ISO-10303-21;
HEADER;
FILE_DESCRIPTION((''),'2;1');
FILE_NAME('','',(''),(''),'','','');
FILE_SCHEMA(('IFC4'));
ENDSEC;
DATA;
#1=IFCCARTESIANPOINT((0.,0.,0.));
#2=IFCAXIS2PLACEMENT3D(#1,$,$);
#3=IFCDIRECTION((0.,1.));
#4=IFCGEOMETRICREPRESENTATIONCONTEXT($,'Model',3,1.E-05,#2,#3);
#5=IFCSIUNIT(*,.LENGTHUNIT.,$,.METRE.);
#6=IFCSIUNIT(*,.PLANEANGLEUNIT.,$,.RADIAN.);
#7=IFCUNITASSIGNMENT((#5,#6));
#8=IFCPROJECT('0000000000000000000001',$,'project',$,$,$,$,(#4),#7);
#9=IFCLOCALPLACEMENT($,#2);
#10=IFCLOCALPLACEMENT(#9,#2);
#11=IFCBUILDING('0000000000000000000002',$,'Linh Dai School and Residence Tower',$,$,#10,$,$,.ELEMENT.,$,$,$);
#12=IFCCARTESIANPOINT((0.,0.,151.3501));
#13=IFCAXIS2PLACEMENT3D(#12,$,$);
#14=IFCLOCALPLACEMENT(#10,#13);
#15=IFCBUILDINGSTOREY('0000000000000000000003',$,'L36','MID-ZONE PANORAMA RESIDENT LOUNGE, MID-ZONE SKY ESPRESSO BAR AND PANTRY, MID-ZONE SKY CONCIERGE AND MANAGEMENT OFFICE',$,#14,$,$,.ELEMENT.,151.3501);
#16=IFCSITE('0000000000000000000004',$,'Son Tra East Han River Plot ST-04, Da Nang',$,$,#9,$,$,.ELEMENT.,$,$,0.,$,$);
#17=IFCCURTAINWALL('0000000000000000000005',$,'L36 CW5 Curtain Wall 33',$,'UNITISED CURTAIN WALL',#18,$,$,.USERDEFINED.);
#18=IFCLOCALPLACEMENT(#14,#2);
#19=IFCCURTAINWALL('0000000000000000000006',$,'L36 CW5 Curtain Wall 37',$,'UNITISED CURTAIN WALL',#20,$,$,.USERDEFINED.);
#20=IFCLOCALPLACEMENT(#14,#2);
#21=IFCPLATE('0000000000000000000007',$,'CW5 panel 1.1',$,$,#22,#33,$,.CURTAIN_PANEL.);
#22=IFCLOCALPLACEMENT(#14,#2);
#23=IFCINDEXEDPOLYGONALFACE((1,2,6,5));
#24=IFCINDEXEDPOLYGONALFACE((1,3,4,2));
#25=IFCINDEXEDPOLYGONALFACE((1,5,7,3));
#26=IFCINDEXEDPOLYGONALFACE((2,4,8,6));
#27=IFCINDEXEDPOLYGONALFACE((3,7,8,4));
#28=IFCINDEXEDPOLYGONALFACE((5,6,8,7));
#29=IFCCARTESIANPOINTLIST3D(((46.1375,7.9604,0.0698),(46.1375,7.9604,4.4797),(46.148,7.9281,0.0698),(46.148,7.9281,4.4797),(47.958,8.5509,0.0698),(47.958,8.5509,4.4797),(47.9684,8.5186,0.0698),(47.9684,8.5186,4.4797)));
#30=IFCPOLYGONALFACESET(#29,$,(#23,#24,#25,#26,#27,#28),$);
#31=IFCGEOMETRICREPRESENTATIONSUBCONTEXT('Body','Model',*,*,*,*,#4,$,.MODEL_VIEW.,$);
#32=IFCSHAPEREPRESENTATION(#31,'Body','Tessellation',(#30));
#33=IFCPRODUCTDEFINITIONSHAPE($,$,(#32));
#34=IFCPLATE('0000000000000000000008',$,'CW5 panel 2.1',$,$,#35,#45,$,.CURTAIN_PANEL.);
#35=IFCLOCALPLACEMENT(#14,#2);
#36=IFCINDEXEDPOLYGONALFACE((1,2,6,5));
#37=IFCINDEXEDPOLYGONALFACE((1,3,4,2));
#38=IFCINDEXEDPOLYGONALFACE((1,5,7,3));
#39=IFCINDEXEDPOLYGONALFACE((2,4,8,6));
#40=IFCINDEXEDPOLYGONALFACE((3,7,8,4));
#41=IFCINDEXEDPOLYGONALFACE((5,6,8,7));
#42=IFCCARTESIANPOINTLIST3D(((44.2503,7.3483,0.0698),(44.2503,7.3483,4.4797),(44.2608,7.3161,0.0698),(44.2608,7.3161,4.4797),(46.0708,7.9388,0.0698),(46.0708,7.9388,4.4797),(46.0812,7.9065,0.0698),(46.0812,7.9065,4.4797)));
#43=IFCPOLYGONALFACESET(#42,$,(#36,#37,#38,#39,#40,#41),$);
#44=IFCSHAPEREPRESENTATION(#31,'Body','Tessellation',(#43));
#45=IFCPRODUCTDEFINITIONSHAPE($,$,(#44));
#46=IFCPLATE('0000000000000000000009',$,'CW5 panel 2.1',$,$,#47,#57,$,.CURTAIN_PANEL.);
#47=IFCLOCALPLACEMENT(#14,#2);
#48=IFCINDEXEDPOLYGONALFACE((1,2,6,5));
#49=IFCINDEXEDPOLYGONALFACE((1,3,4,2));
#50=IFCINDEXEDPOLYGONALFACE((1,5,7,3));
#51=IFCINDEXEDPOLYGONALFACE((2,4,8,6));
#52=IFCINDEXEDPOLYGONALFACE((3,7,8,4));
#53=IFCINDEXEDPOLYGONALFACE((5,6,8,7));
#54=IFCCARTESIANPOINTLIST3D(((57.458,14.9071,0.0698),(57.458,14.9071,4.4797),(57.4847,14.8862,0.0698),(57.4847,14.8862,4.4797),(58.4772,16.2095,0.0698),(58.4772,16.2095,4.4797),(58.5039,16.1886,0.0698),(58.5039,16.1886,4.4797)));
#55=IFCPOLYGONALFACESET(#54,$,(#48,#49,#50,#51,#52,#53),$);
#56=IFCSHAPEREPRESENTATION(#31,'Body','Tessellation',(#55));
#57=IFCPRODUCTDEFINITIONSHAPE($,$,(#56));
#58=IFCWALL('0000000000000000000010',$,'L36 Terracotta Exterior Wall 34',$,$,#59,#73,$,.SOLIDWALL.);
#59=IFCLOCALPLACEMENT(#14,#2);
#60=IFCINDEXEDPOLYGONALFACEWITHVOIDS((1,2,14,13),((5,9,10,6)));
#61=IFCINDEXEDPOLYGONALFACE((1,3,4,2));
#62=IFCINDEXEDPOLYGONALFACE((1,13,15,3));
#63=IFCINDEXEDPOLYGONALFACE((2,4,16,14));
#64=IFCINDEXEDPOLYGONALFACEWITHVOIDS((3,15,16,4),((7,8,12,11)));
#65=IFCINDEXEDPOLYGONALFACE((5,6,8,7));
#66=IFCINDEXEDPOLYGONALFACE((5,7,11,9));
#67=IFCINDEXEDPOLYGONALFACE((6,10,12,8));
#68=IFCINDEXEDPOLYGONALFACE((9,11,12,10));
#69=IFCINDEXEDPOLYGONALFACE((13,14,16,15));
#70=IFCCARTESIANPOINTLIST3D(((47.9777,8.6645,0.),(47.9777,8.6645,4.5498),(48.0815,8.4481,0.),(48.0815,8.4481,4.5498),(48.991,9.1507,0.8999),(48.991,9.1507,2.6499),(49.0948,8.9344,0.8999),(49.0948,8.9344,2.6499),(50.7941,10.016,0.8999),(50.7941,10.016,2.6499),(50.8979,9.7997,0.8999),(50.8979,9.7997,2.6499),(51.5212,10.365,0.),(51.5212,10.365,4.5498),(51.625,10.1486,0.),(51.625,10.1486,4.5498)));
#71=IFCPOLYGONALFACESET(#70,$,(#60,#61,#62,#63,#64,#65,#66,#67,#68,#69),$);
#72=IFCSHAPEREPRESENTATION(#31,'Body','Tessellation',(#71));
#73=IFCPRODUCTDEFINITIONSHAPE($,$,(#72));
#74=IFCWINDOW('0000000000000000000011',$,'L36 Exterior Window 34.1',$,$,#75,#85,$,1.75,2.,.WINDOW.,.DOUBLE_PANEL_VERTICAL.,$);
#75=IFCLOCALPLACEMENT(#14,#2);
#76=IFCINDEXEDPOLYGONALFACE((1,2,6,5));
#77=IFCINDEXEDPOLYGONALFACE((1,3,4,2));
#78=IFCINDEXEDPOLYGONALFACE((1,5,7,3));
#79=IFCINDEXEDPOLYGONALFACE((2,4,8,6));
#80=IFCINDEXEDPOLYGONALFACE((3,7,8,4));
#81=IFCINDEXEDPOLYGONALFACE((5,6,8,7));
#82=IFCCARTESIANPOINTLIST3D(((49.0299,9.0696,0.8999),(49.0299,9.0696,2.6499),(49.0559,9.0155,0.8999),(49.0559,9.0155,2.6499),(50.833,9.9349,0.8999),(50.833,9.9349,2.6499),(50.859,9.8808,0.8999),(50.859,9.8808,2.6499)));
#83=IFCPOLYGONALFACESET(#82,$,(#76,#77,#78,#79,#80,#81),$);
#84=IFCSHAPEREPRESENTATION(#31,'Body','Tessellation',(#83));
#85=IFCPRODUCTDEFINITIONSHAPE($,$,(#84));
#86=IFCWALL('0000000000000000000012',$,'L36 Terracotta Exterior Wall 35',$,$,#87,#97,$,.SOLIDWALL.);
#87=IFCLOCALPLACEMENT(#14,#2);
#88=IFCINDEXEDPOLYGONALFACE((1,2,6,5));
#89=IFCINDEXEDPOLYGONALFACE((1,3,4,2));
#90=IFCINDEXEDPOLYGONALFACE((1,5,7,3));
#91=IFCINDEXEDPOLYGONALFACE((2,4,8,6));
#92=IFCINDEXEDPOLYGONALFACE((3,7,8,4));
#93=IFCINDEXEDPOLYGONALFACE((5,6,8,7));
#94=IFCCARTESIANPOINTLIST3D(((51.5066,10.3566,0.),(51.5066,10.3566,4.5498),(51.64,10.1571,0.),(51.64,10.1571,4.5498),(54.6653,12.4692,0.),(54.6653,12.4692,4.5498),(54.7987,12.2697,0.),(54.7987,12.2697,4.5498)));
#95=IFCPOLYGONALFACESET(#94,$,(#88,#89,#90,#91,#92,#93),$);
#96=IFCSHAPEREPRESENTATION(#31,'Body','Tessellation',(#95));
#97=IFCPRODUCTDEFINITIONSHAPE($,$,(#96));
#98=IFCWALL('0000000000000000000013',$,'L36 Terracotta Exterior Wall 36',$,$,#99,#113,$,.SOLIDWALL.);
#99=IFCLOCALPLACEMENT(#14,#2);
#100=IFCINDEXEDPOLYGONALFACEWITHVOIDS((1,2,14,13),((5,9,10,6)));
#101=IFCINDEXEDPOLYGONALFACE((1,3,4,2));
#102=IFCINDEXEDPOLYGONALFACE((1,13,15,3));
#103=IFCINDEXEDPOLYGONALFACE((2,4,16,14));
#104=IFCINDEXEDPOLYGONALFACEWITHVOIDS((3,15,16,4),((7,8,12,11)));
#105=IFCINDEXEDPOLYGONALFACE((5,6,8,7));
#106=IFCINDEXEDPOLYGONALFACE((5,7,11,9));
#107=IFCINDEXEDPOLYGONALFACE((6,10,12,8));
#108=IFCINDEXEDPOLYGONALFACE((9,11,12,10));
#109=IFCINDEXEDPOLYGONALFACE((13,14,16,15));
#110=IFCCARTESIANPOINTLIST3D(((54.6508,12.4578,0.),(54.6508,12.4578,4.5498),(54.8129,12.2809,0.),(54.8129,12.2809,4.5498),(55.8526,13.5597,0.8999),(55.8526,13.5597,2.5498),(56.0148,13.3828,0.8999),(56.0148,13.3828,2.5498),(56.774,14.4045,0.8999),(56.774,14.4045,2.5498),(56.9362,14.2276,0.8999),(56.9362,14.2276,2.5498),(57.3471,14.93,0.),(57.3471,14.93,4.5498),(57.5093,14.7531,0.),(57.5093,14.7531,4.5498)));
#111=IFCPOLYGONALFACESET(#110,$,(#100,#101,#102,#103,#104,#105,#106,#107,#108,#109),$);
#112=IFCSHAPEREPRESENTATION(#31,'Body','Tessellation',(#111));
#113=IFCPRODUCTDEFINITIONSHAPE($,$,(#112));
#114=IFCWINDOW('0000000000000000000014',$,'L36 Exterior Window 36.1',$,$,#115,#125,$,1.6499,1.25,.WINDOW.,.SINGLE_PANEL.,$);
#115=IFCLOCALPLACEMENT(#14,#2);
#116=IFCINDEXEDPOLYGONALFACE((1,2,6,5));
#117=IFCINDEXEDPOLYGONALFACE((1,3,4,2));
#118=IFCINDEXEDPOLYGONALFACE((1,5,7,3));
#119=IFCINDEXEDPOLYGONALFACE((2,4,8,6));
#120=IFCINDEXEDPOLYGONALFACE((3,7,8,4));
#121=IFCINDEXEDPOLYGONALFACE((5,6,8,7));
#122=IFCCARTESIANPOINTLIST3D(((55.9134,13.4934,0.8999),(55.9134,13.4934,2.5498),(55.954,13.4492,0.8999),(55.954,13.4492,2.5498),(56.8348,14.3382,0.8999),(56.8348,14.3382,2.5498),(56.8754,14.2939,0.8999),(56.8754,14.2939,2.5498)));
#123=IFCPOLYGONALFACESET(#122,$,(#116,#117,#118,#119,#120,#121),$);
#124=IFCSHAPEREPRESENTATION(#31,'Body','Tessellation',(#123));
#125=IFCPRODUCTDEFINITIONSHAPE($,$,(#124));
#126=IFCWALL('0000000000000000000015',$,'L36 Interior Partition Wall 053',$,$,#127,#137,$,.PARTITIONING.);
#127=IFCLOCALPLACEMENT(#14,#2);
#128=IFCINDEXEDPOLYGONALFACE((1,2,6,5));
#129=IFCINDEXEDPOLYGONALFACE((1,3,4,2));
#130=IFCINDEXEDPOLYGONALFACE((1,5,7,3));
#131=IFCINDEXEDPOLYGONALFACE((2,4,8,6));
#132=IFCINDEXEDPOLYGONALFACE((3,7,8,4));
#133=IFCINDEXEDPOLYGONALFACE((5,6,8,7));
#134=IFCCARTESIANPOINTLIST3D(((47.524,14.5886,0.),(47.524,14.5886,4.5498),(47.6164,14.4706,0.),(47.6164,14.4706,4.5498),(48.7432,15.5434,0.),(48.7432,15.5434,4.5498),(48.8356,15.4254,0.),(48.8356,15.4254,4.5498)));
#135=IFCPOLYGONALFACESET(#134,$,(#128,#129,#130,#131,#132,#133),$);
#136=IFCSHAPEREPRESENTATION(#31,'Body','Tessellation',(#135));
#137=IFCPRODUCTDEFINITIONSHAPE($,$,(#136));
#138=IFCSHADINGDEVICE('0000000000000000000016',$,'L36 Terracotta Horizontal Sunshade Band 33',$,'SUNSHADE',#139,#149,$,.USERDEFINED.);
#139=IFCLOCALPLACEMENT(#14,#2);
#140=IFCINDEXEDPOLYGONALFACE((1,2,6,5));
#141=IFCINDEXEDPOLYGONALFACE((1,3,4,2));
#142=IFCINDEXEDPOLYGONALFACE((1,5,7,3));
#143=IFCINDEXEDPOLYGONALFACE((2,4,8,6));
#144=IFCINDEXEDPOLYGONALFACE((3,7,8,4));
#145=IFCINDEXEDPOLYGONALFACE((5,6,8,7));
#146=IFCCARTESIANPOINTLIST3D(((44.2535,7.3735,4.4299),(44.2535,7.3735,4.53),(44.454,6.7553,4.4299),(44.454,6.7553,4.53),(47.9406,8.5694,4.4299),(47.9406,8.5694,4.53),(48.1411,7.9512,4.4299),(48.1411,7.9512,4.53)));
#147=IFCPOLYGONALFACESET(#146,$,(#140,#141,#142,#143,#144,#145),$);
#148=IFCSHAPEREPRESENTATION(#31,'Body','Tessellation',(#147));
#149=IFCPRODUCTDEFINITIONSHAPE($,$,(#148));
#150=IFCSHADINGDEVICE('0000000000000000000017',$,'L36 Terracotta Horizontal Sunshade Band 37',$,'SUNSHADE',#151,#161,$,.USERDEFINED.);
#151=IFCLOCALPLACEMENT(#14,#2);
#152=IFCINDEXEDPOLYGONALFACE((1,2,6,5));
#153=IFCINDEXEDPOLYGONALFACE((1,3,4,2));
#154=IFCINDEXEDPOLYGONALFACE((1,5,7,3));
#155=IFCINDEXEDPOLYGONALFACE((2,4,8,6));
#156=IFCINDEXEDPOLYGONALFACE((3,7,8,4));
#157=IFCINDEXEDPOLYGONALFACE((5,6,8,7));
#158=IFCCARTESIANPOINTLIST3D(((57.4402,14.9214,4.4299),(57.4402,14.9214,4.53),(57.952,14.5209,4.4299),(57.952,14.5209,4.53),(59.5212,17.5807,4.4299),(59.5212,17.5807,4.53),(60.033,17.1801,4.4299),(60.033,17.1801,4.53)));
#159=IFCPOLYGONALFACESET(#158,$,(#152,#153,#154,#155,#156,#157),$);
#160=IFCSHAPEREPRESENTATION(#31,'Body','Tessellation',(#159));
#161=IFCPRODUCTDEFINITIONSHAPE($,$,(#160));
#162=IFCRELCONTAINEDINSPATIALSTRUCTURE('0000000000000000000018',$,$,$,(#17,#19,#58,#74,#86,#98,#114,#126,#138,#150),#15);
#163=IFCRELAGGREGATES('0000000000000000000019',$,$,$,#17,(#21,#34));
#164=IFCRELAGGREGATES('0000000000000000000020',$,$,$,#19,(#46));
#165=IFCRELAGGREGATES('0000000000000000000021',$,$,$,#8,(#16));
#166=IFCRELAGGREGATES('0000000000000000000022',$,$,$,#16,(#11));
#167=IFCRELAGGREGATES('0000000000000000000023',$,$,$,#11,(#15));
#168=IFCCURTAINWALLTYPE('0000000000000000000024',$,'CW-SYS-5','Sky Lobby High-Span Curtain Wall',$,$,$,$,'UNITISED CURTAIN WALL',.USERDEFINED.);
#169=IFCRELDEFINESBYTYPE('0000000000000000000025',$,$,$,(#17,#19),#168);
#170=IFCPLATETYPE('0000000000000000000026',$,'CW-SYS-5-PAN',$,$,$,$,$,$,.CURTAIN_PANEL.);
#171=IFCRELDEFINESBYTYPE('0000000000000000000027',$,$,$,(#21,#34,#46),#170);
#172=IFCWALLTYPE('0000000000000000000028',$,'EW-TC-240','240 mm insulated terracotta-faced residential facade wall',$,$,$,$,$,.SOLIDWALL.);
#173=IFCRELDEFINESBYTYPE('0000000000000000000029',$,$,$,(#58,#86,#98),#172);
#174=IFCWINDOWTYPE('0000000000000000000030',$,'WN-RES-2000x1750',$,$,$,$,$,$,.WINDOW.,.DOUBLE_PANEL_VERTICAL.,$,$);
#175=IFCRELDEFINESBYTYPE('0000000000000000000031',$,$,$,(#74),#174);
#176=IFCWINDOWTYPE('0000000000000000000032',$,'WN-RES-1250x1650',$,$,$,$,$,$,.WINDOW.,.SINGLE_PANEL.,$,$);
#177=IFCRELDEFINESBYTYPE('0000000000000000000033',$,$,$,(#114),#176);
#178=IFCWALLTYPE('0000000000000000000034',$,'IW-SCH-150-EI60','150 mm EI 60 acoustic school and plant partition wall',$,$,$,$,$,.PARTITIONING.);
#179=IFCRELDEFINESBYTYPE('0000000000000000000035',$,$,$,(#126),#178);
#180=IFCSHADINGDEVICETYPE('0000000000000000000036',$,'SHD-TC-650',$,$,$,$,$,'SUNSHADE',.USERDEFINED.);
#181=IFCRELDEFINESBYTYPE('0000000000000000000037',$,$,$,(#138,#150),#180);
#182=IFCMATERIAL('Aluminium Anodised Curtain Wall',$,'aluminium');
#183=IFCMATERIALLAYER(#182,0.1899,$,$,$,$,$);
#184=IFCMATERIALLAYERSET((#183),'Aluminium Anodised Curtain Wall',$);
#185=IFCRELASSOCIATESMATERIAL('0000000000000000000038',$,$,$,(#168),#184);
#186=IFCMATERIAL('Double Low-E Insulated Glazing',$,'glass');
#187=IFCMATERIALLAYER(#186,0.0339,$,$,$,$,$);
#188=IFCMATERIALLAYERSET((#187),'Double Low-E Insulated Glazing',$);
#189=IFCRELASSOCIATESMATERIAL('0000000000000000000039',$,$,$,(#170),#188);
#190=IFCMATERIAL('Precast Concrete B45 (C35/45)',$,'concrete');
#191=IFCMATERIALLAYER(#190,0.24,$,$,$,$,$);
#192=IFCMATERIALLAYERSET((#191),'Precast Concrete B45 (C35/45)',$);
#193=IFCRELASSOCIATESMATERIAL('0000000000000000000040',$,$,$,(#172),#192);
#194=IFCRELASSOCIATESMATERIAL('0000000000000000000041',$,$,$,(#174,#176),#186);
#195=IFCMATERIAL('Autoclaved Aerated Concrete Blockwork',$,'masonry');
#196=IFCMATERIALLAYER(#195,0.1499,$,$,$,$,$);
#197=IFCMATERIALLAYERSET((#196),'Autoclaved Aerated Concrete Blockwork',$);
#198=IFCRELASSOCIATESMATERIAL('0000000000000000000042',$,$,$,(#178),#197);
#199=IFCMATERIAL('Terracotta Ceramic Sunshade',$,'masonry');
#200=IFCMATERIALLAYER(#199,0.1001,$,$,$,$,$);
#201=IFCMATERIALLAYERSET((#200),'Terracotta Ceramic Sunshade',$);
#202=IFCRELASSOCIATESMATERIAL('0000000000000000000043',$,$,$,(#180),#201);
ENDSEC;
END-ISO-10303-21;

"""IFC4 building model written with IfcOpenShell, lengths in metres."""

from ifc_helpers import new_model, si_unit, direction, frame, frame_2d, origin, origin_2d, place, context, subcontext, project, spatial, rectangle, extrude, source, transform, mapped, material, layer, layer_set, type_object, element, fill, aggregate, save


model = new_model("IFC4")

# Units and contexts
model_context = context("Model", 3, precision=1e-05, world=origin(), true_north=direction((0.0, 1.0)))
body_context = subcontext(model_context, "Body", "Model", "MODEL_VIEW")
ifc_project = project(units=[si_unit("LENGTHUNIT", "METRE"), si_unit("PLANEANGLEUNIT", "RADIAN")], contexts=[model_context])

# Site, building, storey
site_placement = place(None, origin())
site = spatial("IfcSite", under=ifc_project, at=site_placement, Name="Son Tra East Han River Plot ST-04, Da Nang", CompositionType="ELEMENT", RefElevation=0.0)
building_placement = place(site_placement, origin())
building = spatial("IfcBuilding", under=site, at=building_placement, Name="Linh Dai School and Residence Tower", CompositionType="ELEMENT")
storey_placement = place(building_placement, frame((0.0, 0.0, 151.3501)))
storey = spatial("IfcBuildingStorey", under=building, at=storey_placement, Name="L36", Description="MID-ZONE PANORAMA RESIDENT LOUNGE, MID-ZONE SKY ESPRESSO BAR AND PANTRY, MID-ZONE SKY CONCIERGE AND MANAGEMENT OFFICE", CompositionType="ELEMENT", Elevation=151.3501)

# Curtain wall
ifc_material_1 = material(Name="Aluminium Anodised Curtain Wall", Category="aluminium")
ifc_layer_1 = layer(ifc_material_1, 0.1899)
ifc_layer_set_1 = layer_set([ifc_layer_1], Name="Aluminium Anodised Curtain Wall")
curtain_wall_type = type_object("IfcCurtainWallType", Name="CW-SYS-5", Description="Sky Lobby High-Span Curtain Wall", ElementType="UNITISED CURTAIN WALL", PredefinedType="USERDEFINED", material=ifc_layer_set_1)
curtain_wall_1_placement = place(storey_placement, origin())
curtain_wall_1 = element("IfcCurtainWall", 1, at=curtain_wall_1_placement, inside=storey, type_object=curtain_wall_type, Name="L36 CW5 Curtain Wall 33", ObjectType="UNITISED CURTAIN WALL", PredefinedType="USERDEFINED")

# Curtain wall
curtain_wall_2_placement = place(storey_placement, origin())
curtain_wall_2 = element("IfcCurtainWall", 2, at=curtain_wall_2_placement, inside=storey, type_object=curtain_wall_type, Name="L36 CW5 Curtain Wall 37", ObjectType="UNITISED CURTAIN WALL", PredefinedType="USERDEFINED")

# Shared definitions
ifc_material_2 = material(Name="Precast Concrete B45 (C35/45)", Category="concrete")

# Plates
ifc_material_3 = material(Name="Double Low-E Insulated Glazing", Category="glass")
ifc_layer_2 = layer(ifc_material_3, 0.0339)
ifc_layer_set_2 = layer_set([ifc_layer_2], Name="Double Low-E Insulated Glazing")
plate_type_1 = type_object("IfcPlateType", Name="CW-SYS-5-PAN", PredefinedType="CURTAIN_PANEL", material=ifc_layer_set_2)
shared_shape_1 = source(origin(), body_context, "Body", "SweptSolid", [
    extrude(rectangle(XDim=1.9138, YDim=0.0339, at=origin_2d()), origin(), (0.0, 0.0, 1.0), 4.4099),
])
plate_1_placement = place(storey_placement, frame((47.053, 8.2395, 0.0698), z_axis=(0.0, 0.0, 1.0), x_axis=(-0.951213, -0.308536, 0.0)))
plate_1 = element("IfcPlate", 3, at=plate_1_placement, type_object=plate_type_1, Name="CW5 panel 1.1", PredefinedType="CURTAIN_PANEL", context=body_context, shape_type="MappedRepresentation", body=[
    mapped(shared_shape_1, transform((0.0, 0.0, 0.0), x_axis=(1.0, 0.0, 0.0), y_axis=(0.0, 1.0, 0.0), z_axis=(0.0, 0.0, 1.0), scale=1.0)),
])
plate_2_placement = place(storey_placement, frame((45.1658, 7.6274, 0.0698), z_axis=(0.0, 0.0, 1.0), x_axis=(-0.951213, -0.308536, 0.0)))
plate_2 = element("IfcPlate", 4, at=plate_2_placement, type_object=plate_type_1, Name="CW5 panel 2.1", PredefinedType="CURTAIN_PANEL", context=body_context, shape_type="MappedRepresentation", body=[
    mapped(shared_shape_1, transform((0.0, 0.0, 0.0), x_axis=(1.0, 0.0, 0.0), y_axis=(0.0, 1.0, 0.0), z_axis=(0.0, 0.0, 1.0), scale=1.0)),
])
aggregate(curtain_wall_1, [plate_1, plate_2])
shared_shape_2 = source(origin(), body_context, "Body", "SweptSolid", [
    extrude(rectangle(XDim=1.6538, YDim=0.0339, at=origin_2d()), origin(), (0.0, 0.0, 1.0), 4.4099),
])
plate_3_placement = place(storey_placement, frame((57.981, 15.5479, 0.0698), z_axis=(0.0, 0.0, 1.0), x_axis=(-0.616286, -0.787522, 0.0)))
plate_3 = element("IfcPlate", 5, at=plate_3_placement, type_object=plate_type_1, Name="CW5 panel 2.1", PredefinedType="CURTAIN_PANEL", context=body_context, shape_type="MappedRepresentation", body=[
    mapped(shared_shape_2, transform((0.0, 0.0, 0.0), x_axis=(1.0, 0.0, 0.0), y_axis=(0.0, 1.0, 0.0), z_axis=(0.0, 0.0, 1.0), scale=1.0)),
])
aggregate(curtain_wall_2, [plate_3])

# Wall, opening, window
ifc_layer_3 = layer(ifc_material_2, 0.24)
ifc_layer_set_3 = layer_set([ifc_layer_3], Name="Precast Concrete B45 (C35/45)")
wall_type_1 = type_object("IfcWallType", Name="EW-TC-240", Description="240 mm insulated terracotta-faced residential facade wall", PredefinedType="SOLIDWALL", material=ifc_layer_set_3)
wall_1_placement = place(storey_placement, frame((51.5732, 10.2568, 0.0), z_axis=(0.0, 0.0, 1.0), x_axis=(-0.901565, -0.432644, 0.0)))
wall_1 = element("IfcWall", 6, at=wall_1_placement, inside=storey, type_object=wall_type_1, Name="L36 Terracotta Exterior Wall 34", PredefinedType="SOLIDWALL", context=body_context, shape_type="SweptSolid", body=[
    extrude(rectangle(XDim=3.9304, YDim=0.24, at=frame_2d((1.9653, 0.0))), origin(), (0.0, 0.0, 1.0), 4.5498),
])
opening_1_placement = place(wall_1_placement, frame((0.8066, 0.0, 0.8999)))
opening_1 = element("IfcOpeningElement", 7, at=opening_1_placement, cuts=wall_1, PredefinedType="OPENING", context=body_context, shape_type="SweptSolid", body=[
    extrude(rectangle(XDim=2.0, YDim=1.75, at=origin_2d()), frame((1.0, 0.1299, 0.875), z_axis=(0.0, -1.0, 0.0), x_axis=(1.0, 0.0, 0.0)), (0.0, 0.0, 1.0), 0.26),
])
window_type_1 = type_object("IfcWindowType", Name="WN-RES-2000x1750", PartitioningType="DOUBLE_PANEL_VERTICAL", PredefinedType="WINDOW", material=ifc_material_3)
shared_shape_3 = source(origin(), body_context, "Body", "SweptSolid", [
    extrude(rectangle(XDim=2.0, YDim=1.75, at=origin_2d()), frame((1.0, 0.03, 0.875), z_axis=(0.0, -1.0, 0.0), x_axis=(1.0, 0.0, 0.0)), (0.0, 0.0, 1.0), 0.0601),
])
window_1_placement = place(opening_1_placement, origin())
window_1 = element("IfcWindow", 8, at=window_1_placement, inside=storey, type_object=window_type_1, Name="L36 Exterior Window 34.1", OverallHeight=1.75, OverallWidth=2.0, PartitioningType="DOUBLE_PANEL_VERTICAL", PredefinedType="WINDOW", context=body_context, shape_type="MappedRepresentation", body=[
    mapped(shared_shape_3, transform((0.0, 0.0, 0.0), x_axis=(1.0, 0.0, 0.0), y_axis=(0.0, 1.0, 0.0), z_axis=(0.0, 0.0, 1.0), scale=1.0)),
])
fill(opening_1, window_1)

# Wall
wall_2_placement = place(storey_placement, frame((54.7319, 12.3694, 0.0), z_axis=(0.0, 0.0, 1.0), x_axis=(-0.831229, -0.55593, 0.0)))
element("IfcWall", 9, at=wall_2_placement, inside=storey, type_object=wall_type_1, Name="L36 Terracotta Exterior Wall 35", PredefinedType="SOLIDWALL", context=body_context, shape_type="SweptSolid", body=[
    extrude(rectangle(XDim=3.8, YDim=0.24, at=frame_2d((1.8999, 0.0))), origin(), (0.0, 0.0, 1.0), 4.5498),
])

# Wall, opening, window
wall_3_placement = place(storey_placement, frame((57.4282, 14.8416, 0.0), z_axis=(0.0, 0.0, 1.0), x_axis=(-0.737077, -0.675809, 0.0)))
wall_3 = element("IfcWall", 10, at=wall_3_placement, inside=storey, type_object=wall_type_1, Name="L36 Terracotta Exterior Wall 36", PredefinedType="SOLIDWALL", context=body_context, shape_type="SweptSolid", body=[
    extrude(rectangle(XDim=3.6582, YDim=0.24, at=frame_2d((1.8291, 0.0))), origin(), (0.0, 0.0, 1.0), 4.5498),
])
opening_2_placement = place(wall_3_placement, frame((0.7776, 0.0, 0.8999)))
opening_2 = element("IfcOpeningElement", 11, at=opening_2_placement, cuts=wall_3, PredefinedType="OPENING", context=body_context, shape_type="SweptSolid", body=[
    extrude(rectangle(XDim=1.25, YDim=1.6499, at=origin_2d()), frame((0.625, 0.1299, 0.825), z_axis=(0.0, -1.0, 0.0), x_axis=(1.0, 0.0, 0.0)), (0.0, 0.0, 1.0), 0.26),
])
window_type_2 = type_object("IfcWindowType", Name="WN-RES-1250x1650", PartitioningType="SINGLE_PANEL", PredefinedType="WINDOW", material=ifc_material_3)
shared_shape_4 = source(origin(), body_context, "Body", "SweptSolid", [
    extrude(rectangle(XDim=1.25, YDim=1.6499, at=origin_2d()), frame((0.625, 0.03, 0.825), z_axis=(0.0, -1.0, 0.0), x_axis=(1.0, 0.0, 0.0)), (0.0, 0.0, 1.0), 0.0601),
])
window_2_placement = place(opening_2_placement, origin())
window_2 = element("IfcWindow", 12, at=window_2_placement, inside=storey, type_object=window_type_2, Name="L36 Exterior Window 36.1", OverallHeight=1.6499, OverallWidth=1.25, PartitioningType="SINGLE_PANEL", PredefinedType="WINDOW", context=body_context, shape_type="MappedRepresentation", body=[
    mapped(shared_shape_4, transform((0.0, 0.0, 0.0), x_axis=(1.0, 0.0, 0.0), y_axis=(0.0, 1.0, 0.0), z_axis=(0.0, 0.0, 1.0), scale=1.0)),
])
fill(opening_2, window_2)

# Wall
ifc_material_4 = material(Name="Autoclaved Aerated Concrete Blockwork", Category="masonry")
ifc_layer_4 = layer(ifc_material_4, 0.1499)
ifc_layer_set_4 = layer_set([ifc_layer_4], Name="Autoclaved Aerated Concrete Blockwork")
wall_type_2 = type_object("IfcWallType", Name="IW-SCH-150-EI60", Description="150 mm EI 60 acoustic school and plant partition wall", PredefinedType="PARTITIONING", material=ifc_layer_set_4)
wall_4_placement = place(storey_placement, frame((47.5701, 14.5295, 0.0), z_axis=(0.0, 0.0, 1.0), x_axis=(0.787302, 0.616568, 0.0)))
element("IfcWall", 13, at=wall_4_placement, inside=storey, type_object=wall_type_2, Name="L36 Interior Partition Wall 053", PredefinedType="PARTITIONING", context=body_context, shape_type="SweptSolid", body=[
    extrude(rectangle(XDim=1.5486, YDim=0.1499, at=frame_2d((0.7744, 0.0))), origin(), (0.0, 0.0, 1.0), 4.5498),
])

# Shading devices
ifc_material_5 = material(Name="Terracotta Ceramic Sunshade", Category="masonry")
ifc_layer_5 = layer(ifc_material_5, 0.1001)
ifc_layer_set_5 = layer_set([ifc_layer_5], Name="Terracotta Ceramic Sunshade")
shading_device_type = type_object("IfcShadingDeviceType", Name="SHD-TC-650", ElementType="SUNSHADE", PredefinedType="USERDEFINED", material=ifc_layer_set_5)
shared_shape_5 = source(origin(), body_context, "Body", "SweptSolid", [
    extrude(rectangle(XDim=3.8762, YDim=0.6499, at=origin_2d()), origin(), (0.0, 0.0, 1.0), 0.1001),
])
shading_device_1_placement = place(storey_placement, frame((46.1973, 7.6624, 4.4299), z_axis=(0.0, 0.0, 1.0), x_axis=(-0.951213, -0.308536, 0.0)))
element("IfcShadingDevice", 14, at=shading_device_1_placement, inside=storey, type_object=shading_device_type, Name="L36 Terracotta Horizontal Sunshade Band 33", ObjectType="SUNSHADE", PredefinedType="USERDEFINED", context=body_context, shape_type="MappedRepresentation", body=[
    mapped(shared_shape_5, transform((0.0, 0.0, 0.0), x_axis=(1.0, 0.0, 0.0), y_axis=(0.0, 1.0, 0.0), z_axis=(0.0, 0.0, 1.0), scale=1.0)),
])
shared_shape_6 = source(origin(), body_context, "Body", "SweptSolid", [
    extrude(rectangle(XDim=3.3767, YDim=0.6499, at=origin_2d()), origin(), (0.0, 0.0, 1.0), 0.1001),
])
shading_device_2_placement = place(storey_placement, frame((58.7366, 16.0508, 4.4299), z_axis=(0.0, 0.0, 1.0), x_axis=(-0.616286, -0.787522, 0.0)))
element("IfcShadingDevice", 15, at=shading_device_2_placement, inside=storey, type_object=shading_device_type, Name="L36 Terracotta Horizontal Sunshade Band 37", ObjectType="SUNSHADE", PredefinedType="USERDEFINED", context=body_context, shape_type="MappedRepresentation", body=[
    mapped(shared_shape_6, transform((0.0, 0.0, 0.0), x_axis=(1.0, 0.0, 0.0), y_axis=(0.0, 1.0, 0.0), z_axis=(0.0, 0.0, 1.0), scale=1.0)),
])

save(model, "model.ifc")
